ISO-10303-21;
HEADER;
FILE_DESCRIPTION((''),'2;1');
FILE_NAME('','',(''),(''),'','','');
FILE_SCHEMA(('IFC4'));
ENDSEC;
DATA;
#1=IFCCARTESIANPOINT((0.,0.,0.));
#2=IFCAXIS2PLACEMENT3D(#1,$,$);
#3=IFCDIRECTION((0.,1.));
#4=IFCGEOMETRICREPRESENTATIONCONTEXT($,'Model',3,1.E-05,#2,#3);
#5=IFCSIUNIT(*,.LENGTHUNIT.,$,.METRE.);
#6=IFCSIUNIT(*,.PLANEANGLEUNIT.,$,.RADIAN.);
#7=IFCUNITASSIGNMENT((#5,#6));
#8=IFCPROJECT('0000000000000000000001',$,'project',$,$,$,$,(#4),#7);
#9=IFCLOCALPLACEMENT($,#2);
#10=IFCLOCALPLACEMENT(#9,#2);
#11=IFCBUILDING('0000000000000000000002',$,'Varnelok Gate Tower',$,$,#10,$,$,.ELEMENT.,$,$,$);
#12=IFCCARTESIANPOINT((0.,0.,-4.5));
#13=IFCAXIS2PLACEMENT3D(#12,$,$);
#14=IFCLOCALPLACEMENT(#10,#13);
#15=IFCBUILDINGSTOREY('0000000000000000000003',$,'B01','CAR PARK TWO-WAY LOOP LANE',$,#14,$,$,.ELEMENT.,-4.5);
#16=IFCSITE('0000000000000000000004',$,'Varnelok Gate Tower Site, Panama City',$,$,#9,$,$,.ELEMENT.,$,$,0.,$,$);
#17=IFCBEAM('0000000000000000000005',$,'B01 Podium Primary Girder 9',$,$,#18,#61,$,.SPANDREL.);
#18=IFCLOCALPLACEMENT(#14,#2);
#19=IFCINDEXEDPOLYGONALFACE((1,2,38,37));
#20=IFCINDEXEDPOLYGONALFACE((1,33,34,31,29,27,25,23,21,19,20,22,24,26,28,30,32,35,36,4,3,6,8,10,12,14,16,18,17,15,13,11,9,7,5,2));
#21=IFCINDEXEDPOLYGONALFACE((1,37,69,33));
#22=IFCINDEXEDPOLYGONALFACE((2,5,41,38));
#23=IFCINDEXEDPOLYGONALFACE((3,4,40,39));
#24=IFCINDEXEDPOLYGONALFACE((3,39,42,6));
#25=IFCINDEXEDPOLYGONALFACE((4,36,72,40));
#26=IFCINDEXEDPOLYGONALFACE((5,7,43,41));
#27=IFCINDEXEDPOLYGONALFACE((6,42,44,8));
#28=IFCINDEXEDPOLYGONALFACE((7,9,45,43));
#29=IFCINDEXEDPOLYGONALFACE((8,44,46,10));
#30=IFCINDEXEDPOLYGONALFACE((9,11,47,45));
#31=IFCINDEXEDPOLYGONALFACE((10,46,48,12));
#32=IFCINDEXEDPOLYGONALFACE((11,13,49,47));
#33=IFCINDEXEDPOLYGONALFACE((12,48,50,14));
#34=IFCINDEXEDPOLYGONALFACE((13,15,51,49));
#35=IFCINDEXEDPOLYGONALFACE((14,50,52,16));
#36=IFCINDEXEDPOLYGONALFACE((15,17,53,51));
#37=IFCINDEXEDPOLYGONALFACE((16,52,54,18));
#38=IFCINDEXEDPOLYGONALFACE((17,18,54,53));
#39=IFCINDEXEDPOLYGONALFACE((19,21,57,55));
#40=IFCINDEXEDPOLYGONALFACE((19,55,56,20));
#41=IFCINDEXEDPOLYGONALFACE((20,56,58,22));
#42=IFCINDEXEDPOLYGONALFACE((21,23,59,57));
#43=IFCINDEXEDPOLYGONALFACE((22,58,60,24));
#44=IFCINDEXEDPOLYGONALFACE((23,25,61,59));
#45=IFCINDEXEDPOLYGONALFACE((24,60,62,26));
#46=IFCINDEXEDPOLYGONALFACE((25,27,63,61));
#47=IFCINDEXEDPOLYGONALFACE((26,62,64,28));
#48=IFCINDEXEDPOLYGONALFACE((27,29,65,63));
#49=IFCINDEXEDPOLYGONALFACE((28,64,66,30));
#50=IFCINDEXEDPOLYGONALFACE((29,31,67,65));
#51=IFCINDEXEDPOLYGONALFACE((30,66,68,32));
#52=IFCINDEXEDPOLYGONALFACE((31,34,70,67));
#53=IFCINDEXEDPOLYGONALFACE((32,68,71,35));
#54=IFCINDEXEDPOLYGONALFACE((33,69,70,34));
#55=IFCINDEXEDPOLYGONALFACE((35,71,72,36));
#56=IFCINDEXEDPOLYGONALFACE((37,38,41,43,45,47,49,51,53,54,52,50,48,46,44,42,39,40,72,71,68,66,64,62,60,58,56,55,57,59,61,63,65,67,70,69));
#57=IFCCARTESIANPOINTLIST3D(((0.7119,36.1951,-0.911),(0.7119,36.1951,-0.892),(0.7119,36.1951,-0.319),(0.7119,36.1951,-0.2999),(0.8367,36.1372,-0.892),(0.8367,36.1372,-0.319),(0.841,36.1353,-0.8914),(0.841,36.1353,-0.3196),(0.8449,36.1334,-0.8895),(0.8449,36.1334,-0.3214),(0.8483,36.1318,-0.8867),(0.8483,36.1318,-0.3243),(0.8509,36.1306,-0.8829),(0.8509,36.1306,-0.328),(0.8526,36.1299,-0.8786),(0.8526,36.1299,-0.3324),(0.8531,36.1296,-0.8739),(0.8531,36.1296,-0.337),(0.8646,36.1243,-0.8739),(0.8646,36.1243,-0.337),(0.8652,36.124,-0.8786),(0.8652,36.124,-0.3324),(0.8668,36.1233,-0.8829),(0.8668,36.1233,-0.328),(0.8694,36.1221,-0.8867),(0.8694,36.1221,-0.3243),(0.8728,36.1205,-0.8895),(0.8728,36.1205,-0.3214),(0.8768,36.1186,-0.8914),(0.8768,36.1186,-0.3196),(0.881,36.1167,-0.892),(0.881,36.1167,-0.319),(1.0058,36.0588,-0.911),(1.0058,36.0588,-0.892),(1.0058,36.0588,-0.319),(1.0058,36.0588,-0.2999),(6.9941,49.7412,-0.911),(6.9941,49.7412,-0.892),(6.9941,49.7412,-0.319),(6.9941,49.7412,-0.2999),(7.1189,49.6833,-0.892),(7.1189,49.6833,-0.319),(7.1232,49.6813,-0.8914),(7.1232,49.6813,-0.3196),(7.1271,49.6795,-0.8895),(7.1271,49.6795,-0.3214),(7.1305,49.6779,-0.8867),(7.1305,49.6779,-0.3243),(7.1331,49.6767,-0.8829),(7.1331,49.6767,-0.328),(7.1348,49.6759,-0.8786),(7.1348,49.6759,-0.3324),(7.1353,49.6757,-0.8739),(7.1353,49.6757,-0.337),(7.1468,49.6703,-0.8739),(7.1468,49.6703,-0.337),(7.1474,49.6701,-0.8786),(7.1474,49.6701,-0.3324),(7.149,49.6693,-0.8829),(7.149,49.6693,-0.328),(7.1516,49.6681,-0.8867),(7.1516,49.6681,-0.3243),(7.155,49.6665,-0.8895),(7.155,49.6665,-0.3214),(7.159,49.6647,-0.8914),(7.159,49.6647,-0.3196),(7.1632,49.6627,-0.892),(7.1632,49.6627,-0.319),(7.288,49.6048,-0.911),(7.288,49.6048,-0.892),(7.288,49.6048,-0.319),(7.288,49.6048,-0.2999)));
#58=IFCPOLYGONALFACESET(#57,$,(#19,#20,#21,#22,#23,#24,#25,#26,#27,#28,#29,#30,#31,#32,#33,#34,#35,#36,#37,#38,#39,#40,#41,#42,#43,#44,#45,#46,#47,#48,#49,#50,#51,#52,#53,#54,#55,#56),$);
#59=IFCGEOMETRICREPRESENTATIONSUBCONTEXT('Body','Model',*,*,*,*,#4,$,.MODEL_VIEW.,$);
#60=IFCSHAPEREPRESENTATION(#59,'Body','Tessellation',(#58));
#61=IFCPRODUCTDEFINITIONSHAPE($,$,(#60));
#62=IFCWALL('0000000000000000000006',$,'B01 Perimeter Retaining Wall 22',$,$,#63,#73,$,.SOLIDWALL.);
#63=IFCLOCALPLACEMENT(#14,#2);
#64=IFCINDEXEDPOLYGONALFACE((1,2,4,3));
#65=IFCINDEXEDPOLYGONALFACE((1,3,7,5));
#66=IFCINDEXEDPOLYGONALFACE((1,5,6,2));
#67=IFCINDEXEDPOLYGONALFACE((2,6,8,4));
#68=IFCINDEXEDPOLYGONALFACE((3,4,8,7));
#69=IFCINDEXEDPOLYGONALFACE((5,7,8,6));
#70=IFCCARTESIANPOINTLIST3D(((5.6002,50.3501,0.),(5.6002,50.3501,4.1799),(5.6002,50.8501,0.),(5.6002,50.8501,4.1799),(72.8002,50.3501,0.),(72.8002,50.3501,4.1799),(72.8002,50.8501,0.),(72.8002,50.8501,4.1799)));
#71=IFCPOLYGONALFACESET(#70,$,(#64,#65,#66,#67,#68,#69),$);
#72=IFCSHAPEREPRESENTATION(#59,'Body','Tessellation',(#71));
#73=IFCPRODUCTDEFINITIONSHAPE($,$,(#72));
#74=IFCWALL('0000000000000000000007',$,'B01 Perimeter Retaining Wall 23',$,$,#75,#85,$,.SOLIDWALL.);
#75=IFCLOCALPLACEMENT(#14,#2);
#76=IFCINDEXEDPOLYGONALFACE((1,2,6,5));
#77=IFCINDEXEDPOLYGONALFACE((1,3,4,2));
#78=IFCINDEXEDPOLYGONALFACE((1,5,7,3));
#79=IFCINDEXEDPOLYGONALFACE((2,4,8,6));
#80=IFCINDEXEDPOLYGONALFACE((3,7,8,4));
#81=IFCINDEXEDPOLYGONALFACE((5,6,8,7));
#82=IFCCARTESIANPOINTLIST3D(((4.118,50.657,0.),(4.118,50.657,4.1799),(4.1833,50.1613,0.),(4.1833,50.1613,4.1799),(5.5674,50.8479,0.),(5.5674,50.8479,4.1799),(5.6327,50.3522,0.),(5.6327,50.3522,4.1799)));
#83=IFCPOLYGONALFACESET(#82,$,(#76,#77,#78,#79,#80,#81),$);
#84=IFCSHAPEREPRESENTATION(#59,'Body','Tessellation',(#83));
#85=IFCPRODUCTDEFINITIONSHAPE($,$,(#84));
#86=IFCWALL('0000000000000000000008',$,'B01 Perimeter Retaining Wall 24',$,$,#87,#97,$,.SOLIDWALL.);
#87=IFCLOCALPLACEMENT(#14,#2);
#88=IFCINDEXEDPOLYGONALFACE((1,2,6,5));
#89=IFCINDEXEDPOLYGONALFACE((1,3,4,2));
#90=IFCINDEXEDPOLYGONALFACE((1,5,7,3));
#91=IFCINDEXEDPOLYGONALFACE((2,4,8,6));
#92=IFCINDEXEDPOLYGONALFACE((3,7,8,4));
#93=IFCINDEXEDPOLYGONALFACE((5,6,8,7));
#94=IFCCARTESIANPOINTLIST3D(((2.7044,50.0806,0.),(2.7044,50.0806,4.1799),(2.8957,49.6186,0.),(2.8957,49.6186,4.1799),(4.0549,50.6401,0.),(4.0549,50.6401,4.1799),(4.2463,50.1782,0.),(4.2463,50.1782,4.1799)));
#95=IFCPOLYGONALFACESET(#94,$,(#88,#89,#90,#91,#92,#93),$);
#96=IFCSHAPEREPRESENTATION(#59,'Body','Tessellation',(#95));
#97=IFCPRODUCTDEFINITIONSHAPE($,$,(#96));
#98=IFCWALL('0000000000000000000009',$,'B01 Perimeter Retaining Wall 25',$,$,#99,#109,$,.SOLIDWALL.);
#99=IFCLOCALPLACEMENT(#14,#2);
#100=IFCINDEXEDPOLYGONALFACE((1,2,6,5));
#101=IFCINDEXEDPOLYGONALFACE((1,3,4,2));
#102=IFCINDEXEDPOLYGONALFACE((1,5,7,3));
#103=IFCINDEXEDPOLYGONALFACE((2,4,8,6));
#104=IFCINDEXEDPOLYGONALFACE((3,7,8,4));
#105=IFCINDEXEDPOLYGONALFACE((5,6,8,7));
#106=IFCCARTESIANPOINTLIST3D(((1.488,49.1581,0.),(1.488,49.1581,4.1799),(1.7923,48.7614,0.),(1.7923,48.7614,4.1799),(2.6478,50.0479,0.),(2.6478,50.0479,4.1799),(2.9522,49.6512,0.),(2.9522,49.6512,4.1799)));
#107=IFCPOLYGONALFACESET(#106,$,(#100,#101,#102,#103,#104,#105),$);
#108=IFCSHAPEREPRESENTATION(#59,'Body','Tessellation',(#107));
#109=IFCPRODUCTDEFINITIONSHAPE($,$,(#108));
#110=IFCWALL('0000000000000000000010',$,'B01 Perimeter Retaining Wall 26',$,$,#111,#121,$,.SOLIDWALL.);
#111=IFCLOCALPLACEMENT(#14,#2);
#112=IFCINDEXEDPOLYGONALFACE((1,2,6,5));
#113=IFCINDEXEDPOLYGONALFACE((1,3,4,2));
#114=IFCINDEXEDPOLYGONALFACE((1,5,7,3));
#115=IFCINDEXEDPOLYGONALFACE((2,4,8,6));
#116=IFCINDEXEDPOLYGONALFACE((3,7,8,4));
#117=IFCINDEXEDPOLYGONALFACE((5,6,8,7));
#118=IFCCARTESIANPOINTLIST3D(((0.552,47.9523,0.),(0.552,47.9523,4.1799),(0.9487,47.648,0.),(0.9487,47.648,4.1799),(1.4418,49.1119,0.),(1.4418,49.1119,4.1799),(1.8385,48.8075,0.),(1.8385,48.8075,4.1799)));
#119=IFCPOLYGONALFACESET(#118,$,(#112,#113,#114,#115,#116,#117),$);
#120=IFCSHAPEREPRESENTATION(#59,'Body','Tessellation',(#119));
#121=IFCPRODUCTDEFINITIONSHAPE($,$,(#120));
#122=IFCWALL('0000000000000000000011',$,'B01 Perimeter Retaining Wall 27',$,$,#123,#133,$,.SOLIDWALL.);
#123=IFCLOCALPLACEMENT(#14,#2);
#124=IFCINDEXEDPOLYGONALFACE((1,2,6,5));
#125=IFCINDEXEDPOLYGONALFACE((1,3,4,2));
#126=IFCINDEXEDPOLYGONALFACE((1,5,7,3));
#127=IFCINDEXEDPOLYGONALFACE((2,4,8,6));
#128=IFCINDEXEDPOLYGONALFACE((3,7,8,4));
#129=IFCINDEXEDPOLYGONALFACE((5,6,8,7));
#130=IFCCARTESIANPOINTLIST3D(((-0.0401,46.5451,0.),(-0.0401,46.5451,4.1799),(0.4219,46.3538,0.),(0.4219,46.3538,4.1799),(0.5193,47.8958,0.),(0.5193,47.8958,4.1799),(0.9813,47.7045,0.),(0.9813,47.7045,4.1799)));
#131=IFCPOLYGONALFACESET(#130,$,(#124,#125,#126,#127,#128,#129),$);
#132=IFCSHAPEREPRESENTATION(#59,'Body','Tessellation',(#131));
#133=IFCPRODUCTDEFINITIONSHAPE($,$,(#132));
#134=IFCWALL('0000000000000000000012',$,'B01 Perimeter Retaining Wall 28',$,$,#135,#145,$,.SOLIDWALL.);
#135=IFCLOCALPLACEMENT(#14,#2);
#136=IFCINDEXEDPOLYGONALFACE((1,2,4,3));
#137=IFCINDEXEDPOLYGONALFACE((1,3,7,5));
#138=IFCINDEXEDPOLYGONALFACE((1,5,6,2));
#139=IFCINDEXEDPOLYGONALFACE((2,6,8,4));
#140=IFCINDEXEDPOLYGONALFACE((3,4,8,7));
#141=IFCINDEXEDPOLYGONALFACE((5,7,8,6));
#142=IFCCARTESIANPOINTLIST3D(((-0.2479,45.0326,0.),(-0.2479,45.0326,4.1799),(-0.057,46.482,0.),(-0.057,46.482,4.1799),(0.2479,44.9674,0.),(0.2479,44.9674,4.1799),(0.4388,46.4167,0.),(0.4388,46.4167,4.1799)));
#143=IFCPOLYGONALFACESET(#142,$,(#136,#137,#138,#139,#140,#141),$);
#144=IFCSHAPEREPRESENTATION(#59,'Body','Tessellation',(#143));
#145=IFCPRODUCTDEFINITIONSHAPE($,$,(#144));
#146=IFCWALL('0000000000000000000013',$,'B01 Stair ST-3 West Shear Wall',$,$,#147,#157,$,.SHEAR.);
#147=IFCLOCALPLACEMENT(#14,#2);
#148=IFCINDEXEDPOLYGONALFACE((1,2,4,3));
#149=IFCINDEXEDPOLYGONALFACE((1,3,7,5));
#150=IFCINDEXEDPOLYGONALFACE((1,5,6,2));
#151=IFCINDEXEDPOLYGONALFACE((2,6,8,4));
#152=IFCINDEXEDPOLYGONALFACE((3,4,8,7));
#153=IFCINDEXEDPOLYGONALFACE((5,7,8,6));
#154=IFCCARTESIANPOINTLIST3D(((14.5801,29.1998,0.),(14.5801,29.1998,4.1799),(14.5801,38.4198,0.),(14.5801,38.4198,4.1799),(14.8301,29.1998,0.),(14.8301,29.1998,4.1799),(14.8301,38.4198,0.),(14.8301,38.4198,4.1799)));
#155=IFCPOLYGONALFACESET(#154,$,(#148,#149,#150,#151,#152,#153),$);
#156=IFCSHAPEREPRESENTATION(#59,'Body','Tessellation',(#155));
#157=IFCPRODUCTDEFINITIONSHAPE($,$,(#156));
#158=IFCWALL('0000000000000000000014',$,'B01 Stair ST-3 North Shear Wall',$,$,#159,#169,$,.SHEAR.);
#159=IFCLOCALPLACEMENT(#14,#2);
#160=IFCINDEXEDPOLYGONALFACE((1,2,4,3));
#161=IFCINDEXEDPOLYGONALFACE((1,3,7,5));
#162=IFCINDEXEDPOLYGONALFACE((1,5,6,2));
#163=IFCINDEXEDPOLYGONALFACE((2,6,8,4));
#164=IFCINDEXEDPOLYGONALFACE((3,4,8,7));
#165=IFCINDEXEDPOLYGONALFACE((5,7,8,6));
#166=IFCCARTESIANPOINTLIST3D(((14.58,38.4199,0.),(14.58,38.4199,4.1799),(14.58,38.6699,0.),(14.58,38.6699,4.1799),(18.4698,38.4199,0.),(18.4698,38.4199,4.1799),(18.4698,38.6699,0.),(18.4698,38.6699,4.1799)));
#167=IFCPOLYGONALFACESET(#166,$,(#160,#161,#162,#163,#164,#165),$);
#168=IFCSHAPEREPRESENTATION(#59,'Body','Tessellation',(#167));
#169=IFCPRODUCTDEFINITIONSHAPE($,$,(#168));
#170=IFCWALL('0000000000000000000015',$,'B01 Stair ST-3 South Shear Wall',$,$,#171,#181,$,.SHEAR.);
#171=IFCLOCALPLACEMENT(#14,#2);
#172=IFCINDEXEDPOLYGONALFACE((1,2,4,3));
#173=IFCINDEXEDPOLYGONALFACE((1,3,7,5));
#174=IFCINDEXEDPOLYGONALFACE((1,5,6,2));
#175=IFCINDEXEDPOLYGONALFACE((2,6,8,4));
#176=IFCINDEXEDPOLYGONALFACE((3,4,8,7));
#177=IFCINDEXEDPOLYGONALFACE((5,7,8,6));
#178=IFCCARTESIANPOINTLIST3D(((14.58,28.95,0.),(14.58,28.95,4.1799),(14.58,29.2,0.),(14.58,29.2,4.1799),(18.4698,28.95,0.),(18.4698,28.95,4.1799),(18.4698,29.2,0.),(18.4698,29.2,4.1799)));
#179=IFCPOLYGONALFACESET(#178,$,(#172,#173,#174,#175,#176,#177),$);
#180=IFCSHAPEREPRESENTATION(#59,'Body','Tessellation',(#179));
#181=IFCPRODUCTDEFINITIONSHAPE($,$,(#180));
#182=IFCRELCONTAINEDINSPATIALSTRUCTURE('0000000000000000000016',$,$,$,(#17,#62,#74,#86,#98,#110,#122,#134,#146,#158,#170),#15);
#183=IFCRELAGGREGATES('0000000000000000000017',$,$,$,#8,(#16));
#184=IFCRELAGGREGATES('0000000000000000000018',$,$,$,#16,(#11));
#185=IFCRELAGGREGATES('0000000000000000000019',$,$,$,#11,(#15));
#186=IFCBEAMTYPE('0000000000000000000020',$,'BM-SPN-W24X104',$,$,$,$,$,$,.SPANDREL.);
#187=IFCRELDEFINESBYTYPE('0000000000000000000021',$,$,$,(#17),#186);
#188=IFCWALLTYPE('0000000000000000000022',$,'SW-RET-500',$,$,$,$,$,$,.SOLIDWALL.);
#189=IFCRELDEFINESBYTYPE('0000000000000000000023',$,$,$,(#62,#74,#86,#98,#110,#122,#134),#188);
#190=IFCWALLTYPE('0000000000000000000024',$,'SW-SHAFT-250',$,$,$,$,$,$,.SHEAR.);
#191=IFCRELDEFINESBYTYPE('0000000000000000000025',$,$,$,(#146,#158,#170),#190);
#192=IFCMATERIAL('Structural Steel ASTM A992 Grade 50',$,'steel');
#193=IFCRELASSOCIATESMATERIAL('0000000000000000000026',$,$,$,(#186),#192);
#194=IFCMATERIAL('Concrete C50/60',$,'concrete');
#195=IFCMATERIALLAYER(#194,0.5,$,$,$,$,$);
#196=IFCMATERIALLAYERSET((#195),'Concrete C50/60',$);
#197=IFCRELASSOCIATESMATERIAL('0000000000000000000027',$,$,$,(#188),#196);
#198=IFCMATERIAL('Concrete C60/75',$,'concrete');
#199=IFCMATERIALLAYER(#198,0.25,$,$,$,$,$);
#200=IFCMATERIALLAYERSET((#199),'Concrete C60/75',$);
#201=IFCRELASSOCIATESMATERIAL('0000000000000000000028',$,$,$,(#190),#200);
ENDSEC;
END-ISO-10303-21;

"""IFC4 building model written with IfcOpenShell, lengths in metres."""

from ifc_helpers import new_model, si_unit, direction, frame, frame_2d, origin, origin_2d, place, context, subcontext, project, spatial, rectangle, i_section, extrude, material, layer, layer_set, material_profile, profile_set, type_object, element, save


model = new_model("IFC4")

# Units and contexts
model_context = context("Model", 3, precision=1e-05, world=origin(), true_north=direction((0.0, 1.0)))
body_context = subcontext(model_context, "Body", "Model", "MODEL_VIEW")
ifc_project = project(units=[si_unit("LENGTHUNIT", "METRE"), si_unit("PLANEANGLEUNIT", "RADIAN")], contexts=[model_context])

# Site, building, storey
site_placement = place(None, origin())
site = spatial("IfcSite", under=ifc_project, at=site_placement, Name="Varnelok Gate Tower Site, Panama City", CompositionType="ELEMENT", RefElevation=0.0)
building_placement = place(site_placement, origin())
building = spatial("IfcBuilding", under=site, at=building_placement, Name="Varnelok Gate Tower", CompositionType="ELEMENT")
storey_placement = place(building_placement, frame((0.0, 0.0, -4.5)))
storey = spatial("IfcBuildingStorey", under=building, at=storey_placement, Name="B01", Description="CAR PARK TWO-WAY LOOP LANE", CompositionType="ELEMENT", Elevation=-4.5)

# Shared definitions
ifc_material_1 = material(Name="Concrete C60/75", Category="concrete")

# Beam
ifc_material_2 = material(Name="Structural Steel ASTM A992 Grade 50", Category="steel")
ifc_material_profile_1 = material_profile(ifc_material_2, i_section(OverallWidth=0.324, OverallDepth=0.6111, WebThickness=0.0127, FlangeThickness=0.019, FilletRadius=0.0181, at=origin_2d()), Name="W24X104")
ifc_profile_set_1 = profile_set([ifc_material_profile_1], Name="Structural Steel ASTM A992 Grade 50")
beam_type_1 = type_object("IfcBeamType", Name="BM-SPN-W24X104", PredefinedType="SPANDREL", material=ifc_profile_set_1)
beam_1_placement = place(storey_placement, frame((0.8589, 36.127, -0.6055), z_axis=(0.420723, 0.907189, 0.0), x_axis=(-0.907189, 0.420723, 0.0)))
element("IfcBeam", 1, at=beam_1_placement, inside=storey, type_object=beam_type_1, Name="B01 Podium Primary Girder 9", PredefinedType="SPANDREL", context=body_context, shape_type="SweptSolid", body=[
    extrude(i_section(OverallWidth=0.324, OverallDepth=0.6111, WebThickness=0.0127, FlangeThickness=0.019, FilletRadius=0.0181, at=origin_2d()), origin(), (0.0, 0.0, 1.0), 14.9319),
])

# Walls
ifc_material_3 = material(Name="Concrete C50/60", Category="concrete")
ifc_layer_1 = layer(ifc_material_3, 0.5)
ifc_layer_set_1 = layer_set([ifc_layer_1], Name="Concrete C50/60")
wall_type_1 = type_object("IfcWallType", Name="SW-RET-500", PredefinedType="SOLIDWALL", material=ifc_layer_set_1)
wall_1_placement = place(storey_placement, frame((5.6001, 50.6001, 0.0), z_axis=(0.0, 0.0, 1.0), x_axis=(1.0, 0.0, 0.0)))
element("IfcWall", 2, at=wall_1_placement, inside=storey, type_object=wall_type_1, Name="B01 Perimeter Retaining Wall 22", PredefinedType="SOLIDWALL", context=body_context, shape_type="SweptSolid", body=[
    extrude(rectangle(XDim=67.2, YDim=0.5, at=frame_2d((33.6001, 0.0))), origin(), (0.0, 0.0, 1.0), 4.1799),
])
for number, where, z_axis, x_axis, name in (
    (3, (4.1506, 50.4092, 0.0), (0.0, 0.0, 1.0), (0.991437, 0.130588, 0.0), "B01 Perimeter Retaining Wall 23"),
    (4, (2.8, 49.8496, 0.0), (0.0, 0.0, 1.0), (0.923846, 0.382765, 0.0), "B01 Perimeter Retaining Wall 24"),
    (5, (1.6401, 48.9597, 0.0), (0.0, 0.0, 1.0), (0.793399, 0.608701, 0.0), "B01 Perimeter Retaining Wall 25"),
):
    element("IfcWall", number, at=place(storey_placement, frame(where, z_axis=z_axis, x_axis=x_axis)), inside=storey, type_object=wall_type_1, Name=name, PredefinedType="SOLIDWALL", context=body_context, shape_type="SweptSolid", body=[
        extrude(rectangle(XDim=1.4619, YDim=0.5, at=frame_2d((0.731, 0.0))), origin(), (0.0, 0.0, 1.0), 4.1799),
    ])
wall_2_placement = place(storey_placement, frame((0.7502, 47.8, 0.0), z_axis=(0.0, 0.0, 1.0), x_axis=(0.608782, 0.793337, 0.0)))
element("IfcWall", 6, at=wall_2_placement, inside=storey, type_object=wall_type_1, Name="B01 Perimeter Retaining Wall 26", PredefinedType="SOLIDWALL", context=body_context, shape_type="SweptSolid", body=[
    extrude(rectangle(XDim=1.4617, YDim=0.5, at=frame_2d((0.731, 0.0))), origin(), (0.0, 0.0, 1.0), 4.1799),
])
for number, where, z_axis, x_axis, name in (
    (7, (0.1909, 46.4495, 0.0), (0.0, 0.0, 1.0), (0.382622, 0.923905, 0.0), "B01 Perimeter Retaining Wall 27"),
    (8, (0.0, 45.0, 0.0), (0.0, 0.0, 1.0), (0.130588, 0.991437, 0.0), "B01 Perimeter Retaining Wall 28"),
):
    element("IfcWall", number, at=place(storey_placement, frame(where, z_axis=z_axis, x_axis=x_axis)), inside=storey, type_object=wall_type_1, Name=name, PredefinedType="SOLIDWALL", context=body_context, shape_type="SweptSolid", body=[
        extrude(rectangle(XDim=1.4619, YDim=0.5, at=frame_2d((0.731, 0.0))), origin(), (0.0, 0.0, 1.0), 4.1799),
    ])
ifc_layer_2 = layer(ifc_material_1, 0.25)
ifc_layer_set_2 = layer_set([ifc_layer_2], Name="Concrete C60/75")
wall_type_2 = type_object("IfcWallType", Name="SW-SHAFT-250", PredefinedType="SHEAR", material=ifc_layer_set_2)
wall_3_placement = place(storey_placement, frame((14.7051, 29.2, 0.0), z_axis=(0.0, 0.0, 1.0), x_axis=(0.0, 1.0, 0.0)))
element("IfcWall", 9, at=wall_3_placement, inside=storey, type_object=wall_type_2, Name="B01 Stair ST-3 West Shear Wall", PredefinedType="SHEAR", context=body_context, shape_type="SweptSolid", body=[
    extrude(rectangle(XDim=9.22, YDim=0.25, at=frame_2d((4.6099, 0.0))), origin(), (0.0, 0.0, 1.0), 4.1799),
])
for number, where, z_axis, x_axis, name in (
    (10, (14.5801, 38.5449, 0.0), (0.0, 0.0, 1.0), (1.0, 0.0, 0.0), "B01 Stair ST-3 North Shear Wall"),
    (11, (14.5801, 29.075, 0.0), (0.0, 0.0, 1.0), (1.0, 0.0, 0.0), "B01 Stair ST-3 South Shear Wall"),
):
    element("IfcWall", number, at=place(storey_placement, frame(where, z_axis=z_axis, x_axis=x_axis)), inside=storey, type_object=wall_type_2, Name=name, PredefinedType="SHEAR", context=body_context, shape_type="SweptSolid", body=[
        extrude(rectangle(XDim=3.8899, YDim=0.25, at=frame_2d((1.9448, 0.0))), origin(), (0.0, 0.0, 1.0), 4.1799),
    ])

save(model, "model.ifc")
